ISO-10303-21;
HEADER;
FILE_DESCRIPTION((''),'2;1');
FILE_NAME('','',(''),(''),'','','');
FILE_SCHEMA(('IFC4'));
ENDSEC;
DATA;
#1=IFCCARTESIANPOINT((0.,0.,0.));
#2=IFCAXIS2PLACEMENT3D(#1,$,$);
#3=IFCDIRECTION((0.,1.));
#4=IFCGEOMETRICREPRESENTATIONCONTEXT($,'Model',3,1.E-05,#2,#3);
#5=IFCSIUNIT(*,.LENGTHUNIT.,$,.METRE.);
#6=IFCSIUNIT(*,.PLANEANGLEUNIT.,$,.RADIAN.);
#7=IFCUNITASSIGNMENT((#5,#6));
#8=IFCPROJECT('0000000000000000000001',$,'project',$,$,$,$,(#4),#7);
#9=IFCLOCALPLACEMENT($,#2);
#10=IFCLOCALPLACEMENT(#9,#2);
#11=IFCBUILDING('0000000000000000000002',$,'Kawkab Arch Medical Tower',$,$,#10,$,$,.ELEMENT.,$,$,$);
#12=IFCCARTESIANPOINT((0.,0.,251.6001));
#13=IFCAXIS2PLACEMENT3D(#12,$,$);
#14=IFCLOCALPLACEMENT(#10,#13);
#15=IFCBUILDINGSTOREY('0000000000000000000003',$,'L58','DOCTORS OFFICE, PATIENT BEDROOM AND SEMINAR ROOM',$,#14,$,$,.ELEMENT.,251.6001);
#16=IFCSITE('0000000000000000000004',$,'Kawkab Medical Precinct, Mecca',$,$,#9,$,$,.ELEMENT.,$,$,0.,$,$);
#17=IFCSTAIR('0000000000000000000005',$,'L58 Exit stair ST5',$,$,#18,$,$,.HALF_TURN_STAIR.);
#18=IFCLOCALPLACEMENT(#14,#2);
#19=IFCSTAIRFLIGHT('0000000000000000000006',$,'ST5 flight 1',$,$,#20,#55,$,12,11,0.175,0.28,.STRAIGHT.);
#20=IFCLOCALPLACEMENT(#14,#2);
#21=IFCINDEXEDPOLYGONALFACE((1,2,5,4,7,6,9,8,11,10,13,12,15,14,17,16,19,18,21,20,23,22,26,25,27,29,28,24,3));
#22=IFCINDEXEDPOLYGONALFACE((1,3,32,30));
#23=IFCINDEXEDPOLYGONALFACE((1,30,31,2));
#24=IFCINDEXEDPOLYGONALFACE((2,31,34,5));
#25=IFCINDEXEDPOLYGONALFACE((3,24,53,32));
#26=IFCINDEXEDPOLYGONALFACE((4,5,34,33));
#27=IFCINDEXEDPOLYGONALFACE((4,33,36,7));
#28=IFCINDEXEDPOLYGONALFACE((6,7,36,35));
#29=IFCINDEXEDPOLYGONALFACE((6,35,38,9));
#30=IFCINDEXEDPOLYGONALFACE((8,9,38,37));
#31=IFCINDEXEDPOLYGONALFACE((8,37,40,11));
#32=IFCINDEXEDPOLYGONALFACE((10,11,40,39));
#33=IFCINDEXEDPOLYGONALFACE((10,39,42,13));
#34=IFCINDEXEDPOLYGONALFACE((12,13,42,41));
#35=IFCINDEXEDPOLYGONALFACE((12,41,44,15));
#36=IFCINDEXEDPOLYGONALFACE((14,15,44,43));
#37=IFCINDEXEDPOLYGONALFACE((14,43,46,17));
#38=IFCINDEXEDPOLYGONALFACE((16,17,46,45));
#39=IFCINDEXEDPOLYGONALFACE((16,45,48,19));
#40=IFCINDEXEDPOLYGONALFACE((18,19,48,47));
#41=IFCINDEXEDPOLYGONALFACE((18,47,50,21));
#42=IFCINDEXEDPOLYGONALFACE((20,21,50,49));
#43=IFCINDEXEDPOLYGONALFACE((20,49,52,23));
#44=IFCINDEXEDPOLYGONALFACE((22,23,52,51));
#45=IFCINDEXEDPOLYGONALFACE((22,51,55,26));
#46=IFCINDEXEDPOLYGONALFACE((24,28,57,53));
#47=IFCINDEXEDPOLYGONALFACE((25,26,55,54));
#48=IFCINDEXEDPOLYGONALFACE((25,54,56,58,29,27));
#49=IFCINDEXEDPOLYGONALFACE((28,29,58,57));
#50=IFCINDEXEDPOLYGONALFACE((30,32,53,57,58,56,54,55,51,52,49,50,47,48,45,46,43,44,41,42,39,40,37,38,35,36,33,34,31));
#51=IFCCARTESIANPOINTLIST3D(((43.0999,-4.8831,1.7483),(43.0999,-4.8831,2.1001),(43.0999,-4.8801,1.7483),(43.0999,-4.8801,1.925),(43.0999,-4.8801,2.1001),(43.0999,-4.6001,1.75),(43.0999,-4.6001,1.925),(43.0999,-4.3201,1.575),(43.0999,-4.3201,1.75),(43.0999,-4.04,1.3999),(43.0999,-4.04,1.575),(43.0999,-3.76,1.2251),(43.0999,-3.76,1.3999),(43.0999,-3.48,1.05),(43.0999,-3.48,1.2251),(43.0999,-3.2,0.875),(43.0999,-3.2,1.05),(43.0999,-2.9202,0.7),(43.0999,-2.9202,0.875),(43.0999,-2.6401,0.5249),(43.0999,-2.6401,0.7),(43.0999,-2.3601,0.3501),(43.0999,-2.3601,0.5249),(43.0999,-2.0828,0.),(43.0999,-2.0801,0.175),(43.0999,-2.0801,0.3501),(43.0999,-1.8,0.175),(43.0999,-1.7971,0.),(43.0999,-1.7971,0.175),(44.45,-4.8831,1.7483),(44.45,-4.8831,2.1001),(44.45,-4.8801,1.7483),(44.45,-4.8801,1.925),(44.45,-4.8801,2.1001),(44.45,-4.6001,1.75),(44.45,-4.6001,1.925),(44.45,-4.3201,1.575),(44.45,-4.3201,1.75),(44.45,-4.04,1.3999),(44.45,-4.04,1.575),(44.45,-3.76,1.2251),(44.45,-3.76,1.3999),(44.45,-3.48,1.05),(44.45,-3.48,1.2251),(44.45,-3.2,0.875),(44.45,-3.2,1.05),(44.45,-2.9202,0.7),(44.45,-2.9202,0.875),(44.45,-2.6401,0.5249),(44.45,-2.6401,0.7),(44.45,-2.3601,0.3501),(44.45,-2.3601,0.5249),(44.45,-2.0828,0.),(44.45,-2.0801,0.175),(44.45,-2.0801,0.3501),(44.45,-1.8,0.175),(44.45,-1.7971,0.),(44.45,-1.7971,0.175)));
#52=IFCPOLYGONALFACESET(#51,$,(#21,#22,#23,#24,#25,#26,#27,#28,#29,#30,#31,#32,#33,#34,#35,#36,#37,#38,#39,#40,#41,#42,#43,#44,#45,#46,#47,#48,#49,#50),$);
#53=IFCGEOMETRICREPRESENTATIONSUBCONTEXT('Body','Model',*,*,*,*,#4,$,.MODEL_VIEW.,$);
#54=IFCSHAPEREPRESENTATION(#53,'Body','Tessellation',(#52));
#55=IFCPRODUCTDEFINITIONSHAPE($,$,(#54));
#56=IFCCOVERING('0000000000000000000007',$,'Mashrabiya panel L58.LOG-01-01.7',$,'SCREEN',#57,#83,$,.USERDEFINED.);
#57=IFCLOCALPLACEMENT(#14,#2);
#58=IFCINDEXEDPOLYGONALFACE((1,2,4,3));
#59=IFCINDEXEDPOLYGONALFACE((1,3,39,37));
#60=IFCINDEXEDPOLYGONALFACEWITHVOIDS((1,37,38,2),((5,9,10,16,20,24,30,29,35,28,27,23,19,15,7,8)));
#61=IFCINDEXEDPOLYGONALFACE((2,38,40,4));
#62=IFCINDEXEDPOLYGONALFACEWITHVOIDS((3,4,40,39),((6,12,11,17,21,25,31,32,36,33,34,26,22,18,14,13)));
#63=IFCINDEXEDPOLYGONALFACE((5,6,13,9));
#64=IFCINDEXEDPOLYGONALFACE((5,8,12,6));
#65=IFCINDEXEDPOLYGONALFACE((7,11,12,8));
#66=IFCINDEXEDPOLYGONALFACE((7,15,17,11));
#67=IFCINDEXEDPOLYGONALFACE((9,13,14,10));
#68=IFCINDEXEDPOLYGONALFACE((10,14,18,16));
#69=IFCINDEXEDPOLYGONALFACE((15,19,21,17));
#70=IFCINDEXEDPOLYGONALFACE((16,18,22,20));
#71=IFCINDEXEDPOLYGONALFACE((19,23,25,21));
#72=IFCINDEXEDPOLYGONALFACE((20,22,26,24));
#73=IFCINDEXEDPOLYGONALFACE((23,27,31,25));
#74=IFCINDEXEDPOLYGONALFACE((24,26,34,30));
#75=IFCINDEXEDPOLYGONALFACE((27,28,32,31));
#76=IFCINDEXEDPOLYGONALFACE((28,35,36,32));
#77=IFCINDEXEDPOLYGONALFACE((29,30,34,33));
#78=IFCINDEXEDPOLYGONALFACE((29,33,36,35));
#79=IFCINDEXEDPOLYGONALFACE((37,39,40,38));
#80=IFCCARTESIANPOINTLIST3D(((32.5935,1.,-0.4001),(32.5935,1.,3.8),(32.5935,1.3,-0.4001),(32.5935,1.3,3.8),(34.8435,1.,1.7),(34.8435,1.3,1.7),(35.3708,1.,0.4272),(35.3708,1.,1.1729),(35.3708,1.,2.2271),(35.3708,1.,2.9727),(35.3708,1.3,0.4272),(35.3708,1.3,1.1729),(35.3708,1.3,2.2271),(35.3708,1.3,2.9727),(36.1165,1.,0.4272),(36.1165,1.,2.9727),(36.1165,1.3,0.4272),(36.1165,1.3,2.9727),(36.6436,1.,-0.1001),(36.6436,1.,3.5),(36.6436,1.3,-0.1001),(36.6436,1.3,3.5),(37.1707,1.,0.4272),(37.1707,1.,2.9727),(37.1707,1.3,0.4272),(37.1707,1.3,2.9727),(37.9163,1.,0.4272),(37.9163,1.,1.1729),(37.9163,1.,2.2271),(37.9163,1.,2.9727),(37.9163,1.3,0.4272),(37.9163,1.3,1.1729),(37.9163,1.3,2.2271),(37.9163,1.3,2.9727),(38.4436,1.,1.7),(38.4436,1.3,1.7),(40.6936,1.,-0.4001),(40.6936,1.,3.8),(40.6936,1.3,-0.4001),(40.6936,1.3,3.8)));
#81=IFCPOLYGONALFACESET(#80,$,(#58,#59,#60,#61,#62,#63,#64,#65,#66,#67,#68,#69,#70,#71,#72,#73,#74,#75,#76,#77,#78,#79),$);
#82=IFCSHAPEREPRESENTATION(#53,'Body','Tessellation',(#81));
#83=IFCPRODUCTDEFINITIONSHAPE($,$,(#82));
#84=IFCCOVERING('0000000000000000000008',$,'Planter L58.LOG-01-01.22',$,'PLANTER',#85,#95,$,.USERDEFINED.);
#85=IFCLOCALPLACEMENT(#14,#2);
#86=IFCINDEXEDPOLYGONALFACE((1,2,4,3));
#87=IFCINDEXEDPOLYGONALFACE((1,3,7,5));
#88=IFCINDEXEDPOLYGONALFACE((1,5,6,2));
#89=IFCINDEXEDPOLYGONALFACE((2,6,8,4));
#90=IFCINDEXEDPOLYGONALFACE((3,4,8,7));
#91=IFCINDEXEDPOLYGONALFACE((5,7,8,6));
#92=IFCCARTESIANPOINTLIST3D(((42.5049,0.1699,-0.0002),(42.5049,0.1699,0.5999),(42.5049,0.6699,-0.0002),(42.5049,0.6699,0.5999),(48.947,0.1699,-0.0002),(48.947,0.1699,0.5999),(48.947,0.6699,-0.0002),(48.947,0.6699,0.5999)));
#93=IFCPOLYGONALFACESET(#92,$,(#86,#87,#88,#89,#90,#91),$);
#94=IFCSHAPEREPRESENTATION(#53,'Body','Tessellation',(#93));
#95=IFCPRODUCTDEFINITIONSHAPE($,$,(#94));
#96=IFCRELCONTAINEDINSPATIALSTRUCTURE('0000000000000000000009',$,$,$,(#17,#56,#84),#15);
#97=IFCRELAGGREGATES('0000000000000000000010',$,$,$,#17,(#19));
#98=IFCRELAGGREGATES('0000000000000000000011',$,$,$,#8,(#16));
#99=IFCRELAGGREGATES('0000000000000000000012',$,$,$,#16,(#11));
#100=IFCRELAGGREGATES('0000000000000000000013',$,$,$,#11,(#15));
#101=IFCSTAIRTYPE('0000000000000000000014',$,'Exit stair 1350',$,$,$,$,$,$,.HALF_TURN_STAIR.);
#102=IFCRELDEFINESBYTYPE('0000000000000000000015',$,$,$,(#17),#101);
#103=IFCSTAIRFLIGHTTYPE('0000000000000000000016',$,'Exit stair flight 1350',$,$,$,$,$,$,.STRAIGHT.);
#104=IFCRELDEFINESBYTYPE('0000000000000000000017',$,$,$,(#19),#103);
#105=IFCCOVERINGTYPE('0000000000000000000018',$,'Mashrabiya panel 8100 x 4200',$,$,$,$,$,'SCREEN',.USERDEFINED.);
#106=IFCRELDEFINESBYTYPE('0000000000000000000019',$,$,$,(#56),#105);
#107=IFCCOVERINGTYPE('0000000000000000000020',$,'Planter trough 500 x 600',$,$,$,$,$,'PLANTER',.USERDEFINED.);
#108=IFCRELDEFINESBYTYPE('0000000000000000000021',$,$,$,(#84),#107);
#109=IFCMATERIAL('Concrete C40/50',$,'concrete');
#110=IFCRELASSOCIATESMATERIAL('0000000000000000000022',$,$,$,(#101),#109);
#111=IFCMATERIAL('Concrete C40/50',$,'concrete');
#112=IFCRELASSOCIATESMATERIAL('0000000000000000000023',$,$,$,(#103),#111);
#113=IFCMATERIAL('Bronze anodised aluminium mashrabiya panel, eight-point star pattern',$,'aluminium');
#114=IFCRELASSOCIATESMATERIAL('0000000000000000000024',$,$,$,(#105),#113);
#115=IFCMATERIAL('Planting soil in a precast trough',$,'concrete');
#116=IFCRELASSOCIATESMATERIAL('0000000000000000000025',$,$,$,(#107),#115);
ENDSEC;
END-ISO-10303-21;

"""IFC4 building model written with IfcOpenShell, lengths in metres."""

from ifc_helpers import new_model, si_unit, direction, frame, origin, origin_2d, place, context, subcontext, project, spatial, polyline, rectangle, outline, extrude, material, material_profile, profile_set, type_object, element, aggregate, save


model = new_model("IFC4")

# Units and contexts
model_context = context("Model", 3, precision=1e-05, world=origin(), true_north=direction((0.0, 1.0)))
body_context = subcontext(model_context, "Body", "Model", "MODEL_VIEW")
ifc_project = project(units=[si_unit("LENGTHUNIT", "METRE"), si_unit("PLANEANGLEUNIT", "RADIAN")], contexts=[model_context])

# Site, building, storey
site_placement = place(None, origin())
site = spatial("IfcSite", under=ifc_project, at=site_placement, Name="Kawkab Medical Precinct, Mecca", CompositionType="ELEMENT", RefElevation=0.0)
building_placement = place(site_placement, origin())
building = spatial("IfcBuilding", under=site, at=building_placement, Name="Kawkab Arch Medical Tower", CompositionType="ELEMENT")
storey_placement = place(building_placement, frame((0.0, 0.0, 251.6001)))
storey = spatial("IfcBuildingStorey", under=building, at=storey_placement, Name="L58", Description="DOCTORS OFFICE, PATIENT BEDROOM AND SEMINAR ROOM", CompositionType="ELEMENT", Elevation=251.6001)

# Shared definitions
placement = place(storey_placement, origin())

# Stair, stair flight
ifc_material_1 = material(Name="Concrete C40/50", Category="concrete")
stair_type = type_object("IfcStairType", Name="Exit stair 1350", PredefinedType="HALF_TURN_STAIR", material=ifc_material_1)
stair = element("IfcStair", 1, at=placement, inside=storey, type_object=stair_type, Name="L58 Exit stair ST5", PredefinedType="HALF_TURN_STAIR")
ifc_material_2 = material(Name="Concrete C40/50", Category="concrete")
stair_flight_type = type_object("IfcStairFlightType", Name="Exit stair flight 1350", PredefinedType="STRAIGHT", material=ifc_material_2)
stair_flight_placement = place(storey_placement, frame((43.7749, -1.8, 0.0), z_axis=(0.0, 0.0, 1.0), x_axis=(0.0, -1.0, 0.0)))
stair_flight = element("IfcStairFlight", 2, at=stair_flight_placement, type_object=stair_flight_type, Name="ST5 flight 1", NumberOfRisers=12, NumberOfTreads=11, PredefinedType="STRAIGHT", RiserHeight=0.175, TreadLength=0.28, context=body_context, shape_type="SweptSolid", body=[
    extrude(outline(polyline([(-0.0029, 0.0), (-0.0029, 0.175), (0.0, 0.175), (0.28, 0.175), (0.28, 0.3501), (0.5601, 0.3501), (0.5601, 0.5249), (0.8401, 0.5249), (0.8401, 0.7), (1.1201, 0.7), (1.1201, 0.875), (1.3999, 0.875), (1.3999, 1.05), (1.6799, 1.05), (1.6799, 1.2251), (1.96, 1.2251), (1.96, 1.3999), (2.24, 1.3999), (2.24, 1.575), (2.52, 1.575), (2.52, 1.75), (2.8, 1.75), (2.8, 1.925), (3.0801, 1.925), (3.0801, 2.1001), (3.083, 2.1001), (3.083, 1.7483), (3.0801, 1.7483), (0.2827, 0.0), (-0.0029, 0.0)])), frame((0.0, 0.675, 0.0), z_axis=(0.0, -1.0, 0.0), x_axis=(1.0, 0.0, 0.0)), (0.0, 0.0, 1.0), 1.3501),
])
aggregate(stair, [stair_flight])

# Coverings
ifc_material_3 = material(Name="Bronze anodised aluminium mashrabiya panel, eight-point star pattern", Category="aluminium")
ifc_material_profile_1 = material_profile(ifc_material_3, outline(polyline([(-4.05, -2.1001), (4.05, -2.1001), (4.05, 2.1001), (-4.05, 2.1001), (-4.05, -2.1001)]), holes=[polyline([(1.8, 0.0), (1.2727, 0.5271), (1.2727, 1.2727), (0.5271, 1.2727), (0.0, 1.8), (-0.5271, 1.2727), (-1.2727, 1.2727), (-1.2727, 0.5271), (-1.8, 0.0), (-1.2727, -0.5271), (-1.2727, -1.2727), (-0.5271, -1.2727), (0.0, -1.8), (0.5271, -1.2727), (1.2727, -1.2727), (1.2727, -0.5271), (1.8, 0.0)])]), Name="Mashrabiya panel 8100x4200")
ifc_profile_set_1 = profile_set([ifc_material_profile_1], Name="Bronze anodised aluminium mashrabiya panel, eight-point star pattern")
covering_type_1 = type_object("IfcCoveringType", Name="Mashrabiya panel 8100 x 4200", ElementType="SCREEN", PredefinedType="USERDEFINED", material=ifc_profile_set_1)
covering_1_placement = place(storey_placement, frame((36.6436, 1.0, 1.7), z_axis=(0.0, 1.0, 0.0), x_axis=(-1.0, 0.0, 0.0)))
element("IfcCovering", 3, at=covering_1_placement, inside=storey, type_object=covering_type_1, Name="Mashrabiya panel L58.LOG-01-01.7", ObjectType="SCREEN", PredefinedType="USERDEFINED", context=body_context, shape_type="SweptSolid", body=[
    extrude(outline(polyline([(-4.05, -2.1001), (4.05, -2.1001), (4.05, 2.1001), (-4.05, 2.1001), (-4.05, -2.1001)]), holes=[polyline([(1.8, 0.0), (1.2727, 0.5271), (1.2727, 1.2727), (0.5271, 1.2727), (0.0, 1.8), (-0.5271, 1.2727), (-1.2727, 1.2727), (-1.2727, 0.5271), (-1.8, 0.0), (-1.2727, -0.5271), (-1.2727, -1.2727), (-0.5271, -1.2727), (0.0, -1.8), (0.5271, -1.2727), (1.2727, -1.2727), (1.2727, -0.5271), (1.8, 0.0)])]), origin(), (0.0, 0.0, 1.0), 0.3),
])
ifc_material_4 = material(Name="Planting soil in a precast trough", Category="concrete")
ifc_material_profile_2 = material_profile(ifc_material_4, rectangle(XDim=0.5, YDim=0.6001, at=origin_2d()), Name="Trough 500x600")
ifc_profile_set_2 = profile_set([ifc_material_profile_2], Name="Planting soil in a precast trough")
covering_type_2 = type_object("IfcCoveringType", Name="Planter trough 500 x 600", ElementType="PLANTER", PredefinedType="USERDEFINED", material=ifc_profile_set_2)
covering_2_placement = place(storey_placement, frame((42.5049, 0.4199, 0.2998), z_axis=(1.0, 0.0, 0.0), x_axis=(0.0, 1.0, 0.0)))
element("IfcCovering", 4, at=covering_2_placement, inside=storey, type_object=covering_type_2, Name="Planter L58.LOG-01-01.22", ObjectType="PLANTER", PredefinedType="USERDEFINED", context=body_context, shape_type="SweptSolid", body=[
    extrude(rectangle(XDim=0.5, YDim=0.6001, at=origin_2d()), origin(), (0.0, 0.0, 1.0), 6.4421),
])

save(model, "model.ifc")
